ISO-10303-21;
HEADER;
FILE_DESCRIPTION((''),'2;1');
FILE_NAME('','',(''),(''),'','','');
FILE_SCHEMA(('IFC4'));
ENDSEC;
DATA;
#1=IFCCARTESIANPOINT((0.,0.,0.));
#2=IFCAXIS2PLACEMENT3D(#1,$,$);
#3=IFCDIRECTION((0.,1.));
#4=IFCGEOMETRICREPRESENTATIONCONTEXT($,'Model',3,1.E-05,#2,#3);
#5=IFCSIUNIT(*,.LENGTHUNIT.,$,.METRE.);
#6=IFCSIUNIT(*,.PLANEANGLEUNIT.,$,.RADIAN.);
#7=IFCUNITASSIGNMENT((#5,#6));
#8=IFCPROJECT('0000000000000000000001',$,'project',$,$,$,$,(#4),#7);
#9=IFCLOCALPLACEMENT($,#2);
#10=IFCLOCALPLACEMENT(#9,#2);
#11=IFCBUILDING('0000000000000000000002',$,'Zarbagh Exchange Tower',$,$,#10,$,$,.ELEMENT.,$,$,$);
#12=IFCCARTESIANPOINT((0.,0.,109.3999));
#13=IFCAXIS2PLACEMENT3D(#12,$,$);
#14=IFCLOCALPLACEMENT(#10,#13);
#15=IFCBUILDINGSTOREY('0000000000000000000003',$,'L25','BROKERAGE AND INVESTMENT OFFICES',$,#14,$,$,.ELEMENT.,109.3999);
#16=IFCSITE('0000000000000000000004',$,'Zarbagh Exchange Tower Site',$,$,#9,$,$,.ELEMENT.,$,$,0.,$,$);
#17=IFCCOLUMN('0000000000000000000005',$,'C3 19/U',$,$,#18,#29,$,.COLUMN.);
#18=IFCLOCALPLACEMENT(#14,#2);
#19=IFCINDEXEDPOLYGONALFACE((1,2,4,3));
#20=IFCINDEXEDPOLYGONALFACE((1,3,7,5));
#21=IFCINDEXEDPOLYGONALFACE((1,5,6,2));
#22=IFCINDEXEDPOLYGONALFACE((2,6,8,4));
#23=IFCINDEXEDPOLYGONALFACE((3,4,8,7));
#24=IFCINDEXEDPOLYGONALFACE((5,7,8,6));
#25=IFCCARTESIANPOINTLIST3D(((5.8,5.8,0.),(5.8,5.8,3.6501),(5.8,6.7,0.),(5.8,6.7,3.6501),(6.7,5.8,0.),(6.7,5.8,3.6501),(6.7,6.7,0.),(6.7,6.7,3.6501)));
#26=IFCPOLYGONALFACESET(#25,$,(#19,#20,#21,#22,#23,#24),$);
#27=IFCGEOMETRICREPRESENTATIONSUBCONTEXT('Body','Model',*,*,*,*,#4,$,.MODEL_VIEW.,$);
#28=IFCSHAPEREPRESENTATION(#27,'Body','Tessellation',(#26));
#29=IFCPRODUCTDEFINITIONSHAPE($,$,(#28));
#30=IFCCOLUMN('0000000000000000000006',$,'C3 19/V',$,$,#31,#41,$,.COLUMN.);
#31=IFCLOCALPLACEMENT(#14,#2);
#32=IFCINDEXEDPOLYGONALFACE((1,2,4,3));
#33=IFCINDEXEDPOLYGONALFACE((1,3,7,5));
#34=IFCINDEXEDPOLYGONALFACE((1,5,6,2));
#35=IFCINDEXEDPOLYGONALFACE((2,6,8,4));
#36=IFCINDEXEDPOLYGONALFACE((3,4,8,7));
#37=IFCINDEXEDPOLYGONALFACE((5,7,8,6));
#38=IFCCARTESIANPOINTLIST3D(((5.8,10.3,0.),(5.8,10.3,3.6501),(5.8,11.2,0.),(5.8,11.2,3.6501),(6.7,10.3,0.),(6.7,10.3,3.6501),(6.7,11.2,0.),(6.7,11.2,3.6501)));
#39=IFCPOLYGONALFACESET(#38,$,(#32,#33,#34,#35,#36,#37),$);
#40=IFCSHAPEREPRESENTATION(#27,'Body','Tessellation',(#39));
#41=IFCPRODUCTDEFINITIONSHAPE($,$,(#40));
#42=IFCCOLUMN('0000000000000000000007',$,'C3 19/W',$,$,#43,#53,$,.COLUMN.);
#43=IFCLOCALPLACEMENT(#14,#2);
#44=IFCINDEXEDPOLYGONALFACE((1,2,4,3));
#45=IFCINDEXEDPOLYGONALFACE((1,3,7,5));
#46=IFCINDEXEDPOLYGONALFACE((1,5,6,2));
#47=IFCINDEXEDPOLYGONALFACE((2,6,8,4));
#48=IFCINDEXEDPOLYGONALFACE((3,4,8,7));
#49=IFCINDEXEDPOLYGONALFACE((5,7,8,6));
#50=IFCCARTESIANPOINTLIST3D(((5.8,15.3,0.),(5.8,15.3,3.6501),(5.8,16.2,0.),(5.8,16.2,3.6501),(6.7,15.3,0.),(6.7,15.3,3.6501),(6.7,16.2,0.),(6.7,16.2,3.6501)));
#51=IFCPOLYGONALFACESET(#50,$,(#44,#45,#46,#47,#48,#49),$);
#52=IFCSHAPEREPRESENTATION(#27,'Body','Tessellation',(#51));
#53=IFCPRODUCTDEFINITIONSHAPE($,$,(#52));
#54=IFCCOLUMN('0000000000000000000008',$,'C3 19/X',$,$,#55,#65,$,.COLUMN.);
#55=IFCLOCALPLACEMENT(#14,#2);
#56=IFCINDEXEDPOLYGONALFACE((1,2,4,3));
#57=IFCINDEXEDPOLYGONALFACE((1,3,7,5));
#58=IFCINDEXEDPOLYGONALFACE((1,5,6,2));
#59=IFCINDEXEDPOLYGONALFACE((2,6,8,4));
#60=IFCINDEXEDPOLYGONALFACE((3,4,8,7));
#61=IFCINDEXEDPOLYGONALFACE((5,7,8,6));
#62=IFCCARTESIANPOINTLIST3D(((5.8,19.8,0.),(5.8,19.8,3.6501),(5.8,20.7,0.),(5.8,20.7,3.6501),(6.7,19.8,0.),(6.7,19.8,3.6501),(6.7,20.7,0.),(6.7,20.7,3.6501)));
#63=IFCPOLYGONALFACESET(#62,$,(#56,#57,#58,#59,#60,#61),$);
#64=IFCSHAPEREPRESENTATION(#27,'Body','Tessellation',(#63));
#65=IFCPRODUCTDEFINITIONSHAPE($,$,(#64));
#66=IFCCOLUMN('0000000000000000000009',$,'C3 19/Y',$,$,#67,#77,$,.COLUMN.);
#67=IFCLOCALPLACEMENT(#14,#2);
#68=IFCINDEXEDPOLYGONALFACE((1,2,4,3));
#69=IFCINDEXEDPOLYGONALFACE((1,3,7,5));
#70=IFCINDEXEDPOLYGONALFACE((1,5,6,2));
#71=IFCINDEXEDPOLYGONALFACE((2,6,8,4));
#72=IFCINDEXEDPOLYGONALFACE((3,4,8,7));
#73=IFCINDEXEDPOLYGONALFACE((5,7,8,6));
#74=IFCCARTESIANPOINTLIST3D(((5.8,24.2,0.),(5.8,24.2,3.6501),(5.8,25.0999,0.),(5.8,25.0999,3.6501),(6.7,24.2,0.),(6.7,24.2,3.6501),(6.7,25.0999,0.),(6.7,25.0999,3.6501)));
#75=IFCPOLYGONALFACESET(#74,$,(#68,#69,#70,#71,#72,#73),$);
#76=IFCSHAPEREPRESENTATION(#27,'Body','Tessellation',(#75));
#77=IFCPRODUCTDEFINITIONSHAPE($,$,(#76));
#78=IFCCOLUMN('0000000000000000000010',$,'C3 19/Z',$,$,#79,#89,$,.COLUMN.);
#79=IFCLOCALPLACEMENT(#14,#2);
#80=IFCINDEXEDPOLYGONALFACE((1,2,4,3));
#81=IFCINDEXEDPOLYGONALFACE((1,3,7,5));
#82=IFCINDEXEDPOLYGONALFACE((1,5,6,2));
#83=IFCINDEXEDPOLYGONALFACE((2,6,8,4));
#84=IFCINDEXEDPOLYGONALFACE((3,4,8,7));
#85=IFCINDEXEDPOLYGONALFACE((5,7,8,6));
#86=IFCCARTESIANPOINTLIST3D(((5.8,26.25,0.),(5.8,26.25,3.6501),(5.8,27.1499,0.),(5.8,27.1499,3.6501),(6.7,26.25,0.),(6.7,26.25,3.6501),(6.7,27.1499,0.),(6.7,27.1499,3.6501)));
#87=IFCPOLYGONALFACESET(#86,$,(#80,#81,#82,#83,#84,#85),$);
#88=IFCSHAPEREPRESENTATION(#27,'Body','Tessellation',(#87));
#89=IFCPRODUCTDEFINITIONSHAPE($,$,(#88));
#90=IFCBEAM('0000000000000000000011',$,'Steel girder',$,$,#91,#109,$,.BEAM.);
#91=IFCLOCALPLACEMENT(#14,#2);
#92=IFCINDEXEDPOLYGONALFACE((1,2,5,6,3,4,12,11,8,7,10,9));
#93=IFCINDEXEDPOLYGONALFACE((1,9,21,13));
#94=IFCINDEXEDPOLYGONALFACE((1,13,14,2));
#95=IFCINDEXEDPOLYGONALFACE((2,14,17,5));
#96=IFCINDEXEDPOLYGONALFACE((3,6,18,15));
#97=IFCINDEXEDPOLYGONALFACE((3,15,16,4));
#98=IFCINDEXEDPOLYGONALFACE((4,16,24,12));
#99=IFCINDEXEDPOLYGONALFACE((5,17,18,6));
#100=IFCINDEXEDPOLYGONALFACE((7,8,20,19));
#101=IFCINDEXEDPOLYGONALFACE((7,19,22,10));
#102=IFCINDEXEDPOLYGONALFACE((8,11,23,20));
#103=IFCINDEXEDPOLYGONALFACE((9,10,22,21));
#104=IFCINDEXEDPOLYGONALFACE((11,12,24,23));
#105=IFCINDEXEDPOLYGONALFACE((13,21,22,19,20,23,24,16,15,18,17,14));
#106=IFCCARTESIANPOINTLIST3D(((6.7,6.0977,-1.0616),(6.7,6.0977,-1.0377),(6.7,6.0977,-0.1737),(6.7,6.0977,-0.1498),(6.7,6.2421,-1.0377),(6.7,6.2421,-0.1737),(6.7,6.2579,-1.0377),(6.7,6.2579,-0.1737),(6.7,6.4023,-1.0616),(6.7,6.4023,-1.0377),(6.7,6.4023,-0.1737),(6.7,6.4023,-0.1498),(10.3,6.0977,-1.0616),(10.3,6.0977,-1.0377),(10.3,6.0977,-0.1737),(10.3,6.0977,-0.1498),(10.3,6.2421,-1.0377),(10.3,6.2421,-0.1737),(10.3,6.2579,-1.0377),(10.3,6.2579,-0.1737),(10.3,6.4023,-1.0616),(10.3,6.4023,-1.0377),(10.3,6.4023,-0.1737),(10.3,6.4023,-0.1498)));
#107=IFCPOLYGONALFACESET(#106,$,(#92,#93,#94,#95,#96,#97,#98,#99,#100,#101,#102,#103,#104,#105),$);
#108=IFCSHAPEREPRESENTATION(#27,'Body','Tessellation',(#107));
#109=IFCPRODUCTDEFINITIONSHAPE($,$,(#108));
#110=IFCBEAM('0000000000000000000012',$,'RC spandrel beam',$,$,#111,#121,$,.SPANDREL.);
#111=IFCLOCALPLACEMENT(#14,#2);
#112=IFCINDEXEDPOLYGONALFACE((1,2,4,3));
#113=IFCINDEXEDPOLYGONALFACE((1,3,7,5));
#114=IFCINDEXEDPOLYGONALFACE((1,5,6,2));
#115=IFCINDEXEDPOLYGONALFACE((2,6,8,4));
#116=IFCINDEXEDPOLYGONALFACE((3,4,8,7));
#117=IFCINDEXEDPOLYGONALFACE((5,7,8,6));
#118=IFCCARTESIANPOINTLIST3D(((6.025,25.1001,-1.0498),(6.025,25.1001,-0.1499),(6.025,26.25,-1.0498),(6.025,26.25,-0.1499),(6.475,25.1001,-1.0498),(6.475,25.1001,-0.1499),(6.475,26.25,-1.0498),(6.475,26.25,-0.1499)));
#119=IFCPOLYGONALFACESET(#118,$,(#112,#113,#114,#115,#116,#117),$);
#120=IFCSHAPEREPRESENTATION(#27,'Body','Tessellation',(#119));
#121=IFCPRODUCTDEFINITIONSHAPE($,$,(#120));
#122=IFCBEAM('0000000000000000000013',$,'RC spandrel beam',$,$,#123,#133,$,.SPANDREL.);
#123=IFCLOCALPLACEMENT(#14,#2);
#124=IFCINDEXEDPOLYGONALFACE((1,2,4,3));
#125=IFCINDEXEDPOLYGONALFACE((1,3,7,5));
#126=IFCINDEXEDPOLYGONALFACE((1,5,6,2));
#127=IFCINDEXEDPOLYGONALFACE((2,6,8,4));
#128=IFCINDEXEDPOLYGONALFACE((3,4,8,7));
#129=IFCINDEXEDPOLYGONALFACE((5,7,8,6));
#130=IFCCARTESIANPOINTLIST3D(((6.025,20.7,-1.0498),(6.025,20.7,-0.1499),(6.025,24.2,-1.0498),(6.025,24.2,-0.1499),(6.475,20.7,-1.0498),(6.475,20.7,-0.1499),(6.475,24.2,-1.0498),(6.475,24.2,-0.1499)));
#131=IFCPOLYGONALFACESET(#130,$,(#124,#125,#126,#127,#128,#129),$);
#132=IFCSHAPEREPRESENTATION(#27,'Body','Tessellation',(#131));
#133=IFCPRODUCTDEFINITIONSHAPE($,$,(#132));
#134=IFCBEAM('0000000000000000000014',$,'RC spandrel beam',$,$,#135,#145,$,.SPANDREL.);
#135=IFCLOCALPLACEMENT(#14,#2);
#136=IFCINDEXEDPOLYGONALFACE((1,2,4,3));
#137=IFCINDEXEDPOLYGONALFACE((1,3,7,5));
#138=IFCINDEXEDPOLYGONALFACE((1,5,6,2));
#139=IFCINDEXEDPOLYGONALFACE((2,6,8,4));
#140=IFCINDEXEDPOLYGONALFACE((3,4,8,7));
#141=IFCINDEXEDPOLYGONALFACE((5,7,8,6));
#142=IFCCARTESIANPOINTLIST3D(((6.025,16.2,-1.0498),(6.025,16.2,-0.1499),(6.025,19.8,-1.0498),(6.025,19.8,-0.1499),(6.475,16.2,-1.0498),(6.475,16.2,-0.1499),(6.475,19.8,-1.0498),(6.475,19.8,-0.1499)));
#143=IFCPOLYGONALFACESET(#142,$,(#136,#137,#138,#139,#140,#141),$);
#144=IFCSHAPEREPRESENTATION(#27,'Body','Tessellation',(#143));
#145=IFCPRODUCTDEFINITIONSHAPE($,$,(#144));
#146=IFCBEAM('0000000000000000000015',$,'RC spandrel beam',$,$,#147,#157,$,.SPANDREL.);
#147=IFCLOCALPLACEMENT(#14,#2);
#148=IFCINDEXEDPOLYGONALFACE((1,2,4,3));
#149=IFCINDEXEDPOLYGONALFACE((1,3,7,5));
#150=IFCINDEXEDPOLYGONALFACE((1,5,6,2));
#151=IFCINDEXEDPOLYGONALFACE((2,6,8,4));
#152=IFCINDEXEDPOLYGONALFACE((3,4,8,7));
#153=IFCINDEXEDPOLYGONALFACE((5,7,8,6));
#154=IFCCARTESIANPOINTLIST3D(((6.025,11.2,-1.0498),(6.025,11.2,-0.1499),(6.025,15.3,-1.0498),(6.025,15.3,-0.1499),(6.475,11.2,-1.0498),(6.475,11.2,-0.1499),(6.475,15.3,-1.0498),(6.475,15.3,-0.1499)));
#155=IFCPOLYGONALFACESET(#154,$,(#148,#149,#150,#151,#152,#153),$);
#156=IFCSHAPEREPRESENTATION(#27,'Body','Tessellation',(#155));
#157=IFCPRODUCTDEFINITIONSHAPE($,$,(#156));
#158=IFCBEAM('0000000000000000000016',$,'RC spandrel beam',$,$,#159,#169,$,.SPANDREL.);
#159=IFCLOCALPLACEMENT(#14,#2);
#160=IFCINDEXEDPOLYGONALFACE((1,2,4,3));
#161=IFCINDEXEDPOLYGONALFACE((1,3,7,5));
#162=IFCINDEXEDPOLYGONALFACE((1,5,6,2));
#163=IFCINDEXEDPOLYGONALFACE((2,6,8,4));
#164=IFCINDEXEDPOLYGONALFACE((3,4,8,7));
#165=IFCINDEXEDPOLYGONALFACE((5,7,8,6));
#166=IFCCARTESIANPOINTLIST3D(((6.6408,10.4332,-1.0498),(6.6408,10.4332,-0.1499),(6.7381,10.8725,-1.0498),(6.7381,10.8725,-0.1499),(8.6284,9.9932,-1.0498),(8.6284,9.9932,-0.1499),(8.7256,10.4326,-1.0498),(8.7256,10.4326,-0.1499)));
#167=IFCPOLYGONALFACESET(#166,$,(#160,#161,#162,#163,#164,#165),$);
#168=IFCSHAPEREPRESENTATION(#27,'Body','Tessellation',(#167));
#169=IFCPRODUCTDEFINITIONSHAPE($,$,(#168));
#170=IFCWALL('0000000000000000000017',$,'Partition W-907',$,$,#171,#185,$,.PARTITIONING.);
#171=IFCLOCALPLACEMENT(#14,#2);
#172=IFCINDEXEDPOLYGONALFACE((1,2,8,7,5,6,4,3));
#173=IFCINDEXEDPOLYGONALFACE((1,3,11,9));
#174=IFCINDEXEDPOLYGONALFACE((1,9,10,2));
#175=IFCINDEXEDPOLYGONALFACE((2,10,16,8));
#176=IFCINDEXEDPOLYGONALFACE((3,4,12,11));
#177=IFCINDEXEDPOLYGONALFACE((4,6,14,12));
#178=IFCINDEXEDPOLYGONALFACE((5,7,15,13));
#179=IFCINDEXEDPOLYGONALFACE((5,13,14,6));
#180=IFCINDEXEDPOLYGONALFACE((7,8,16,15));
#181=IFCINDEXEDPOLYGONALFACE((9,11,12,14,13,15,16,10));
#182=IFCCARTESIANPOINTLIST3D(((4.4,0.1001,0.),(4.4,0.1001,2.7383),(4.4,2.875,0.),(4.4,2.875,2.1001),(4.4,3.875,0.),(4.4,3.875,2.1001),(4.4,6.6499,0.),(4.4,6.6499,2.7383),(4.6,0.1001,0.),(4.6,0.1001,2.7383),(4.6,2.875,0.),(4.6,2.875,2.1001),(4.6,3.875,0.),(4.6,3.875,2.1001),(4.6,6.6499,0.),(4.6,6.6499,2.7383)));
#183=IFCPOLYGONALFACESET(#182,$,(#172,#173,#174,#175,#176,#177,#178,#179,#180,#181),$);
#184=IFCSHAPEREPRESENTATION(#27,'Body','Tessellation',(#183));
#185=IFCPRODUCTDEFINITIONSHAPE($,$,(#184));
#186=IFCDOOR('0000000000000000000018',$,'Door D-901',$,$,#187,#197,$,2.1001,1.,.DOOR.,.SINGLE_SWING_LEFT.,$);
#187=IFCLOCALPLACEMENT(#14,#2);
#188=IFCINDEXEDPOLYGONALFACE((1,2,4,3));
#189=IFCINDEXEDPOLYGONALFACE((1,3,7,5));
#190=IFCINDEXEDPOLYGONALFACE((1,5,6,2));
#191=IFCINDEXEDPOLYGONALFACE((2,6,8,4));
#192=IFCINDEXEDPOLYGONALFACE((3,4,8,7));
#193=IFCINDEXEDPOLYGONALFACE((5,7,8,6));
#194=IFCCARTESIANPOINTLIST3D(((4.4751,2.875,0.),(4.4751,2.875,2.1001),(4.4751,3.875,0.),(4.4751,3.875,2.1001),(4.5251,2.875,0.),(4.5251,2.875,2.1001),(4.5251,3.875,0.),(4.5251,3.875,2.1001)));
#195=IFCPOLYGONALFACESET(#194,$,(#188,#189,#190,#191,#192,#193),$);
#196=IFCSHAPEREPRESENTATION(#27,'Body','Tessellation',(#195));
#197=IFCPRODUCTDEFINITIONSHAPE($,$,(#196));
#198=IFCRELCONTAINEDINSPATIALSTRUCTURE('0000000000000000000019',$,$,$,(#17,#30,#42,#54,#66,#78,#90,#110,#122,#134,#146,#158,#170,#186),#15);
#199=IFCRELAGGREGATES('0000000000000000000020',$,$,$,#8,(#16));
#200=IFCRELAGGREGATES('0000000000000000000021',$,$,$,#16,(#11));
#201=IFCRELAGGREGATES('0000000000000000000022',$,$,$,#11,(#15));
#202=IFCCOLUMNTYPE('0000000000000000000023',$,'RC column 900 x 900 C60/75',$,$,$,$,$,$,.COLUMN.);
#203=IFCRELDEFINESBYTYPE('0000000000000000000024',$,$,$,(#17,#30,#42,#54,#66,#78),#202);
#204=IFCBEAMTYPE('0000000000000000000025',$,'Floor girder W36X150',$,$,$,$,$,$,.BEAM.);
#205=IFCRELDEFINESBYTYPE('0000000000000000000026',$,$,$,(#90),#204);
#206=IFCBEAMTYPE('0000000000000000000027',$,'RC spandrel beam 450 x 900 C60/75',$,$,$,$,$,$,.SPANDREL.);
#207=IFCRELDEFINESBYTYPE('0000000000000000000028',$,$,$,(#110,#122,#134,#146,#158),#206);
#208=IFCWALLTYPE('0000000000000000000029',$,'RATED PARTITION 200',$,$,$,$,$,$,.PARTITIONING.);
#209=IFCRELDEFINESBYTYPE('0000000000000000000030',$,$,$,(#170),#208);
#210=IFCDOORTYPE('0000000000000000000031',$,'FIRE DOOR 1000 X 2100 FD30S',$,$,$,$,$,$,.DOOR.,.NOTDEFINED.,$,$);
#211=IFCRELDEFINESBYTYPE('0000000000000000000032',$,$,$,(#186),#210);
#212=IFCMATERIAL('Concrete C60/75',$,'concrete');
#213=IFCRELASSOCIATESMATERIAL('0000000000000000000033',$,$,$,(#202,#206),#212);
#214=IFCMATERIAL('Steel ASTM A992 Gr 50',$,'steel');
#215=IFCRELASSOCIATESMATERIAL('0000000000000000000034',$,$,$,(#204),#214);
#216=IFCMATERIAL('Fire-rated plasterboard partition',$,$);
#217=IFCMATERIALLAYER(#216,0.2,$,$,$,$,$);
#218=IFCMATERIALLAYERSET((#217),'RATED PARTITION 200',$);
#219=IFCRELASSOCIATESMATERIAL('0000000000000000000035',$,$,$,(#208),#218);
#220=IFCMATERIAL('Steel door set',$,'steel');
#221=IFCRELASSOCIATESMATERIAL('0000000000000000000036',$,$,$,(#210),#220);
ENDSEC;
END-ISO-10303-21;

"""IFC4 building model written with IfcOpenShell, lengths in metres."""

from ifc_helpers import new_model, si_unit, direction, frame, frame_2d, origin, origin_2d, place, context, subcontext, project, spatial, rectangle, i_section, extrude, material, layer, layer_set, material_profile, profile_set, type_object, element, fill, save


model = new_model("IFC4")

# Units and contexts
model_context = context("Model", 3, precision=1e-05, world=origin(), true_north=direction((0.0, 1.0)))
body_context = subcontext(model_context, "Body", "Model", "MODEL_VIEW")
ifc_project = project(units=[si_unit("LENGTHUNIT", "METRE"), si_unit("PLANEANGLEUNIT", "RADIAN")], contexts=[model_context])

# Site, building, storey
site_placement = place(None, origin())
site = spatial("IfcSite", under=ifc_project, at=site_placement, Name="Zarbagh Exchange Tower Site", CompositionType="ELEMENT", RefElevation=0.0)
building_placement = place(site_placement, origin())
building = spatial("IfcBuilding", under=site, at=building_placement, Name="Zarbagh Exchange Tower", CompositionType="ELEMENT")
storey_placement = place(building_placement, frame((0.0, 0.0, 109.3999)))
storey = spatial("IfcBuildingStorey", under=building, at=storey_placement, Name="L25", Description="BROKERAGE AND INVESTMENT OFFICES", CompositionType="ELEMENT", Elevation=109.3999)

# Columns
ifc_material_1 = material(Name="Concrete C60/75", Category="concrete")
ifc_material_profile_1 = material_profile(ifc_material_1, rectangle(XDim=0.8999, YDim=0.8999, at=origin_2d()), Name="RC column 900 x 900 C60/75")
ifc_profile_set_1 = profile_set([ifc_material_profile_1], Name="Concrete C60/75")
column_type = type_object("IfcColumnType", Name="RC column 900 x 900 C60/75", PredefinedType="COLUMN", material=ifc_profile_set_1)
for number, where, z_axis, x_axis, name in (
    (1, (6.25, 6.25, 0.0), (0.0, 0.0, 1.0), (1.0, 0.0, 0.0), "C3 19/U"),
    (2, (6.25, 10.75, 0.0), (0.0, 0.0, 1.0), (1.0, 0.0, 0.0), "C3 19/V"),
    (3, (6.25, 15.75, 0.0), (0.0, 0.0, 1.0), (1.0, 0.0, 0.0), "C3 19/W"),
    (4, (6.25, 20.25, 0.0), (0.0, 0.0, 1.0), (1.0, 0.0, 0.0), "C3 19/X"),
    (5, (6.25, 24.6499, 0.0), (0.0, 0.0, 1.0), (1.0, 0.0, 0.0), "C3 19/Y"),
    (6, (6.25, 26.7, 0.0), (0.0, 0.0, 1.0), (1.0, 0.0, 0.0), "C3 19/Z"),
):
    element("IfcColumn", number, at=place(storey_placement, frame(where, z_axis=z_axis, x_axis=x_axis)), inside=storey, type_object=column_type, Name=name, PredefinedType="COLUMN", context=body_context, shape_type="SweptSolid", body=[
        extrude(rectangle(XDim=0.8999, YDim=0.8999, at=origin_2d()), origin(), (0.0, 0.0, 1.0), 3.6501),
    ])

# Beams
ifc_material_2 = material(Name="Steel ASTM A992 Gr 50", Category="steel")
ifc_material_profile_2 = material_profile(ifc_material_2, i_section(OverallWidth=0.3047, OverallDepth=0.9119, WebThickness=0.0159, FlangeThickness=0.0239, at=origin_2d()), Name="W36X150")
ifc_profile_set_2 = profile_set([ifc_material_profile_2], Name="Steel ASTM A992 Gr 50")
beam_type_1 = type_object("IfcBeamType", Name="Floor girder W36X150", PredefinedType="BEAM", material=ifc_profile_set_2)
beam_1_placement = place(storey_placement, frame((6.7, 6.25, -0.6057), z_axis=(1.0, 0.0, 0.0), x_axis=(0.0, 1.0, 0.0)))
element("IfcBeam", 7, at=beam_1_placement, inside=storey, type_object=beam_type_1, Name="Steel girder", PredefinedType="BEAM", context=body_context, shape_type="SweptSolid", body=[
    extrude(i_section(OverallWidth=0.3047, OverallDepth=0.9119, WebThickness=0.0159, FlangeThickness=0.0239, at=origin_2d()), origin(), (0.0, 0.0, 1.0), 3.6001),
])
ifc_material_profile_3 = material_profile(ifc_material_1, rectangle(XDim=0.45, YDim=0.8999, at=origin_2d()), Name="RC spandrel beam 450 x 900 C60/75")
ifc_profile_set_3 = profile_set([ifc_material_profile_3], Name="Concrete C60/75")
beam_type_2 = type_object("IfcBeamType", Name="RC spandrel beam 450 x 900 C60/75", PredefinedType="SPANDREL", material=ifc_profile_set_3)
beam_2_placement = place(storey_placement, frame((6.25, 26.25, -0.5999), z_axis=(0.0, -1.0, 0.0), x_axis=(1.0, 0.0, 0.0)))
element("IfcBeam", 8, at=beam_2_placement, inside=storey, type_object=beam_type_2, Name="RC spandrel beam", PredefinedType="SPANDREL", context=body_context, shape_type="SweptSolid", body=[
    extrude(rectangle(XDim=0.45, YDim=0.8999, at=origin_2d()), origin(), (0.0, 0.0, 1.0), 1.1499),
])
beam_3_placement = place(storey_placement, frame((6.25, 24.2, -0.5999), z_axis=(0.0, -1.0, 0.0), x_axis=(1.0, 0.0, 0.0)))
element("IfcBeam", 9, at=beam_3_placement, inside=storey, type_object=beam_type_2, Name="RC spandrel beam", PredefinedType="SPANDREL", context=body_context, shape_type="SweptSolid", body=[
    extrude(rectangle(XDim=0.45, YDim=0.8999, at=origin_2d()), origin(), (0.0, 0.0, 1.0), 3.5),
])
beam_4_placement = place(storey_placement, frame((6.25, 19.8, -0.5999), z_axis=(0.0, -1.0, 0.0), x_axis=(1.0, 0.0, 0.0)))
element("IfcBeam", 10, at=beam_4_placement, inside=storey, type_object=beam_type_2, Name="RC spandrel beam", PredefinedType="SPANDREL", context=body_context, shape_type="SweptSolid", body=[
    extrude(rectangle(XDim=0.45, YDim=0.8999, at=origin_2d()), origin(), (0.0, 0.0, 1.0), 3.6001),
])
beam_5_placement = place(storey_placement, frame((6.25, 15.3, -0.5999), z_axis=(0.0, -1.0, 0.0), x_axis=(1.0, 0.0, 0.0)))
element("IfcBeam", 11, at=beam_5_placement, inside=storey, type_object=beam_type_2, Name="RC spandrel beam", PredefinedType="SPANDREL", context=body_context, shape_type="SweptSolid", body=[
    extrude(rectangle(XDim=0.45, YDim=0.8999, at=origin_2d()), origin(), (0.0, 0.0, 1.0), 4.1001),
])
beam_6_placement = place(storey_placement, frame((6.6895, 10.6528, -0.5999), z_axis=(0.976367, -0.216118, 0.0), x_axis=(0.216118, 0.976367, 0.0)))
element("IfcBeam", 12, at=beam_6_placement, inside=storey, type_object=beam_type_2, Name="RC spandrel beam", PredefinedType="SPANDREL", context=body_context, shape_type="SweptSolid", body=[
    extrude(rectangle(XDim=0.45, YDim=0.8999, at=origin_2d()), origin(), (0.0, 0.0, 1.0), 2.0356),
])

# Wall, opening, door
ifc_material_3 = material(Name="Fire-rated plasterboard partition")
ifc_layer_1 = layer(ifc_material_3, 0.2)
ifc_layer_set_1 = layer_set([ifc_layer_1], Name="RATED PARTITION 200")
wall_type_1 = type_object("IfcWallType", Name="RATED PARTITION 200", PredefinedType="PARTITIONING", material=ifc_layer_set_1)
wall_1_placement = place(storey_placement, frame((4.5, 0.1001, 0.0), z_axis=(0.0, 0.0, 1.0), x_axis=(0.0, 1.0, 0.0)))
wall_1 = element("IfcWall", 13, at=wall_1_placement, inside=storey, type_object=wall_type_1, Name="Partition W-907", PredefinedType="PARTITIONING", context=body_context, shape_type="SweptSolid", body=[
    extrude(rectangle(XDim=6.5498, YDim=0.2, at=frame_2d((3.2749, 0.0))), origin(), (0.0, 0.0, 1.0), 2.7383),
])
opening_1_placement = place(wall_1_placement, frame((2.7749, 0.0, 0.0)))
opening_1 = element("IfcOpeningElement", 14, at=opening_1_placement, cuts=wall_1, PredefinedType="OPENING", context=body_context, shape_type="SweptSolid", body=[
    extrude(rectangle(XDim=1.0, YDim=2.1001, at=frame_2d((0.5, 1.05))), frame((0.0, 0.1099, 0.0), z_axis=(0.0, -1.0, 0.0), x_axis=(1.0, 0.0, 0.0)), (0.0, 0.0, 1.0), 0.22),
])
ifc_material_4 = material(Name="Steel door set", Category="steel")
door_type_1 = type_object("IfcDoorType", Name="FIRE DOOR 1000 X 2100 FD30S", OperationType="NOTDEFINED", PredefinedType="DOOR", material=ifc_material_4)
door_1_placement = place(opening_1_placement, origin())
door_1 = element("IfcDoor", 15, at=door_1_placement, inside=storey, type_object=door_type_1, Name="Door D-901", OperationType="SINGLE_SWING_LEFT", OverallHeight=2.1001, OverallWidth=1.0, PredefinedType="DOOR", context=body_context, shape_type="SweptSolid", body=[
    extrude(rectangle(XDim=1.0, YDim=2.1001, at=frame_2d((0.5, 1.05))), frame((0.0, 0.0249, 0.0), z_axis=(0.0, -1.0, 0.0), x_axis=(1.0, 0.0, 0.0)), (0.0, 0.0, 1.0), 0.05),
])
fill(opening_1, door_1)

save(model, "model.ifc")
